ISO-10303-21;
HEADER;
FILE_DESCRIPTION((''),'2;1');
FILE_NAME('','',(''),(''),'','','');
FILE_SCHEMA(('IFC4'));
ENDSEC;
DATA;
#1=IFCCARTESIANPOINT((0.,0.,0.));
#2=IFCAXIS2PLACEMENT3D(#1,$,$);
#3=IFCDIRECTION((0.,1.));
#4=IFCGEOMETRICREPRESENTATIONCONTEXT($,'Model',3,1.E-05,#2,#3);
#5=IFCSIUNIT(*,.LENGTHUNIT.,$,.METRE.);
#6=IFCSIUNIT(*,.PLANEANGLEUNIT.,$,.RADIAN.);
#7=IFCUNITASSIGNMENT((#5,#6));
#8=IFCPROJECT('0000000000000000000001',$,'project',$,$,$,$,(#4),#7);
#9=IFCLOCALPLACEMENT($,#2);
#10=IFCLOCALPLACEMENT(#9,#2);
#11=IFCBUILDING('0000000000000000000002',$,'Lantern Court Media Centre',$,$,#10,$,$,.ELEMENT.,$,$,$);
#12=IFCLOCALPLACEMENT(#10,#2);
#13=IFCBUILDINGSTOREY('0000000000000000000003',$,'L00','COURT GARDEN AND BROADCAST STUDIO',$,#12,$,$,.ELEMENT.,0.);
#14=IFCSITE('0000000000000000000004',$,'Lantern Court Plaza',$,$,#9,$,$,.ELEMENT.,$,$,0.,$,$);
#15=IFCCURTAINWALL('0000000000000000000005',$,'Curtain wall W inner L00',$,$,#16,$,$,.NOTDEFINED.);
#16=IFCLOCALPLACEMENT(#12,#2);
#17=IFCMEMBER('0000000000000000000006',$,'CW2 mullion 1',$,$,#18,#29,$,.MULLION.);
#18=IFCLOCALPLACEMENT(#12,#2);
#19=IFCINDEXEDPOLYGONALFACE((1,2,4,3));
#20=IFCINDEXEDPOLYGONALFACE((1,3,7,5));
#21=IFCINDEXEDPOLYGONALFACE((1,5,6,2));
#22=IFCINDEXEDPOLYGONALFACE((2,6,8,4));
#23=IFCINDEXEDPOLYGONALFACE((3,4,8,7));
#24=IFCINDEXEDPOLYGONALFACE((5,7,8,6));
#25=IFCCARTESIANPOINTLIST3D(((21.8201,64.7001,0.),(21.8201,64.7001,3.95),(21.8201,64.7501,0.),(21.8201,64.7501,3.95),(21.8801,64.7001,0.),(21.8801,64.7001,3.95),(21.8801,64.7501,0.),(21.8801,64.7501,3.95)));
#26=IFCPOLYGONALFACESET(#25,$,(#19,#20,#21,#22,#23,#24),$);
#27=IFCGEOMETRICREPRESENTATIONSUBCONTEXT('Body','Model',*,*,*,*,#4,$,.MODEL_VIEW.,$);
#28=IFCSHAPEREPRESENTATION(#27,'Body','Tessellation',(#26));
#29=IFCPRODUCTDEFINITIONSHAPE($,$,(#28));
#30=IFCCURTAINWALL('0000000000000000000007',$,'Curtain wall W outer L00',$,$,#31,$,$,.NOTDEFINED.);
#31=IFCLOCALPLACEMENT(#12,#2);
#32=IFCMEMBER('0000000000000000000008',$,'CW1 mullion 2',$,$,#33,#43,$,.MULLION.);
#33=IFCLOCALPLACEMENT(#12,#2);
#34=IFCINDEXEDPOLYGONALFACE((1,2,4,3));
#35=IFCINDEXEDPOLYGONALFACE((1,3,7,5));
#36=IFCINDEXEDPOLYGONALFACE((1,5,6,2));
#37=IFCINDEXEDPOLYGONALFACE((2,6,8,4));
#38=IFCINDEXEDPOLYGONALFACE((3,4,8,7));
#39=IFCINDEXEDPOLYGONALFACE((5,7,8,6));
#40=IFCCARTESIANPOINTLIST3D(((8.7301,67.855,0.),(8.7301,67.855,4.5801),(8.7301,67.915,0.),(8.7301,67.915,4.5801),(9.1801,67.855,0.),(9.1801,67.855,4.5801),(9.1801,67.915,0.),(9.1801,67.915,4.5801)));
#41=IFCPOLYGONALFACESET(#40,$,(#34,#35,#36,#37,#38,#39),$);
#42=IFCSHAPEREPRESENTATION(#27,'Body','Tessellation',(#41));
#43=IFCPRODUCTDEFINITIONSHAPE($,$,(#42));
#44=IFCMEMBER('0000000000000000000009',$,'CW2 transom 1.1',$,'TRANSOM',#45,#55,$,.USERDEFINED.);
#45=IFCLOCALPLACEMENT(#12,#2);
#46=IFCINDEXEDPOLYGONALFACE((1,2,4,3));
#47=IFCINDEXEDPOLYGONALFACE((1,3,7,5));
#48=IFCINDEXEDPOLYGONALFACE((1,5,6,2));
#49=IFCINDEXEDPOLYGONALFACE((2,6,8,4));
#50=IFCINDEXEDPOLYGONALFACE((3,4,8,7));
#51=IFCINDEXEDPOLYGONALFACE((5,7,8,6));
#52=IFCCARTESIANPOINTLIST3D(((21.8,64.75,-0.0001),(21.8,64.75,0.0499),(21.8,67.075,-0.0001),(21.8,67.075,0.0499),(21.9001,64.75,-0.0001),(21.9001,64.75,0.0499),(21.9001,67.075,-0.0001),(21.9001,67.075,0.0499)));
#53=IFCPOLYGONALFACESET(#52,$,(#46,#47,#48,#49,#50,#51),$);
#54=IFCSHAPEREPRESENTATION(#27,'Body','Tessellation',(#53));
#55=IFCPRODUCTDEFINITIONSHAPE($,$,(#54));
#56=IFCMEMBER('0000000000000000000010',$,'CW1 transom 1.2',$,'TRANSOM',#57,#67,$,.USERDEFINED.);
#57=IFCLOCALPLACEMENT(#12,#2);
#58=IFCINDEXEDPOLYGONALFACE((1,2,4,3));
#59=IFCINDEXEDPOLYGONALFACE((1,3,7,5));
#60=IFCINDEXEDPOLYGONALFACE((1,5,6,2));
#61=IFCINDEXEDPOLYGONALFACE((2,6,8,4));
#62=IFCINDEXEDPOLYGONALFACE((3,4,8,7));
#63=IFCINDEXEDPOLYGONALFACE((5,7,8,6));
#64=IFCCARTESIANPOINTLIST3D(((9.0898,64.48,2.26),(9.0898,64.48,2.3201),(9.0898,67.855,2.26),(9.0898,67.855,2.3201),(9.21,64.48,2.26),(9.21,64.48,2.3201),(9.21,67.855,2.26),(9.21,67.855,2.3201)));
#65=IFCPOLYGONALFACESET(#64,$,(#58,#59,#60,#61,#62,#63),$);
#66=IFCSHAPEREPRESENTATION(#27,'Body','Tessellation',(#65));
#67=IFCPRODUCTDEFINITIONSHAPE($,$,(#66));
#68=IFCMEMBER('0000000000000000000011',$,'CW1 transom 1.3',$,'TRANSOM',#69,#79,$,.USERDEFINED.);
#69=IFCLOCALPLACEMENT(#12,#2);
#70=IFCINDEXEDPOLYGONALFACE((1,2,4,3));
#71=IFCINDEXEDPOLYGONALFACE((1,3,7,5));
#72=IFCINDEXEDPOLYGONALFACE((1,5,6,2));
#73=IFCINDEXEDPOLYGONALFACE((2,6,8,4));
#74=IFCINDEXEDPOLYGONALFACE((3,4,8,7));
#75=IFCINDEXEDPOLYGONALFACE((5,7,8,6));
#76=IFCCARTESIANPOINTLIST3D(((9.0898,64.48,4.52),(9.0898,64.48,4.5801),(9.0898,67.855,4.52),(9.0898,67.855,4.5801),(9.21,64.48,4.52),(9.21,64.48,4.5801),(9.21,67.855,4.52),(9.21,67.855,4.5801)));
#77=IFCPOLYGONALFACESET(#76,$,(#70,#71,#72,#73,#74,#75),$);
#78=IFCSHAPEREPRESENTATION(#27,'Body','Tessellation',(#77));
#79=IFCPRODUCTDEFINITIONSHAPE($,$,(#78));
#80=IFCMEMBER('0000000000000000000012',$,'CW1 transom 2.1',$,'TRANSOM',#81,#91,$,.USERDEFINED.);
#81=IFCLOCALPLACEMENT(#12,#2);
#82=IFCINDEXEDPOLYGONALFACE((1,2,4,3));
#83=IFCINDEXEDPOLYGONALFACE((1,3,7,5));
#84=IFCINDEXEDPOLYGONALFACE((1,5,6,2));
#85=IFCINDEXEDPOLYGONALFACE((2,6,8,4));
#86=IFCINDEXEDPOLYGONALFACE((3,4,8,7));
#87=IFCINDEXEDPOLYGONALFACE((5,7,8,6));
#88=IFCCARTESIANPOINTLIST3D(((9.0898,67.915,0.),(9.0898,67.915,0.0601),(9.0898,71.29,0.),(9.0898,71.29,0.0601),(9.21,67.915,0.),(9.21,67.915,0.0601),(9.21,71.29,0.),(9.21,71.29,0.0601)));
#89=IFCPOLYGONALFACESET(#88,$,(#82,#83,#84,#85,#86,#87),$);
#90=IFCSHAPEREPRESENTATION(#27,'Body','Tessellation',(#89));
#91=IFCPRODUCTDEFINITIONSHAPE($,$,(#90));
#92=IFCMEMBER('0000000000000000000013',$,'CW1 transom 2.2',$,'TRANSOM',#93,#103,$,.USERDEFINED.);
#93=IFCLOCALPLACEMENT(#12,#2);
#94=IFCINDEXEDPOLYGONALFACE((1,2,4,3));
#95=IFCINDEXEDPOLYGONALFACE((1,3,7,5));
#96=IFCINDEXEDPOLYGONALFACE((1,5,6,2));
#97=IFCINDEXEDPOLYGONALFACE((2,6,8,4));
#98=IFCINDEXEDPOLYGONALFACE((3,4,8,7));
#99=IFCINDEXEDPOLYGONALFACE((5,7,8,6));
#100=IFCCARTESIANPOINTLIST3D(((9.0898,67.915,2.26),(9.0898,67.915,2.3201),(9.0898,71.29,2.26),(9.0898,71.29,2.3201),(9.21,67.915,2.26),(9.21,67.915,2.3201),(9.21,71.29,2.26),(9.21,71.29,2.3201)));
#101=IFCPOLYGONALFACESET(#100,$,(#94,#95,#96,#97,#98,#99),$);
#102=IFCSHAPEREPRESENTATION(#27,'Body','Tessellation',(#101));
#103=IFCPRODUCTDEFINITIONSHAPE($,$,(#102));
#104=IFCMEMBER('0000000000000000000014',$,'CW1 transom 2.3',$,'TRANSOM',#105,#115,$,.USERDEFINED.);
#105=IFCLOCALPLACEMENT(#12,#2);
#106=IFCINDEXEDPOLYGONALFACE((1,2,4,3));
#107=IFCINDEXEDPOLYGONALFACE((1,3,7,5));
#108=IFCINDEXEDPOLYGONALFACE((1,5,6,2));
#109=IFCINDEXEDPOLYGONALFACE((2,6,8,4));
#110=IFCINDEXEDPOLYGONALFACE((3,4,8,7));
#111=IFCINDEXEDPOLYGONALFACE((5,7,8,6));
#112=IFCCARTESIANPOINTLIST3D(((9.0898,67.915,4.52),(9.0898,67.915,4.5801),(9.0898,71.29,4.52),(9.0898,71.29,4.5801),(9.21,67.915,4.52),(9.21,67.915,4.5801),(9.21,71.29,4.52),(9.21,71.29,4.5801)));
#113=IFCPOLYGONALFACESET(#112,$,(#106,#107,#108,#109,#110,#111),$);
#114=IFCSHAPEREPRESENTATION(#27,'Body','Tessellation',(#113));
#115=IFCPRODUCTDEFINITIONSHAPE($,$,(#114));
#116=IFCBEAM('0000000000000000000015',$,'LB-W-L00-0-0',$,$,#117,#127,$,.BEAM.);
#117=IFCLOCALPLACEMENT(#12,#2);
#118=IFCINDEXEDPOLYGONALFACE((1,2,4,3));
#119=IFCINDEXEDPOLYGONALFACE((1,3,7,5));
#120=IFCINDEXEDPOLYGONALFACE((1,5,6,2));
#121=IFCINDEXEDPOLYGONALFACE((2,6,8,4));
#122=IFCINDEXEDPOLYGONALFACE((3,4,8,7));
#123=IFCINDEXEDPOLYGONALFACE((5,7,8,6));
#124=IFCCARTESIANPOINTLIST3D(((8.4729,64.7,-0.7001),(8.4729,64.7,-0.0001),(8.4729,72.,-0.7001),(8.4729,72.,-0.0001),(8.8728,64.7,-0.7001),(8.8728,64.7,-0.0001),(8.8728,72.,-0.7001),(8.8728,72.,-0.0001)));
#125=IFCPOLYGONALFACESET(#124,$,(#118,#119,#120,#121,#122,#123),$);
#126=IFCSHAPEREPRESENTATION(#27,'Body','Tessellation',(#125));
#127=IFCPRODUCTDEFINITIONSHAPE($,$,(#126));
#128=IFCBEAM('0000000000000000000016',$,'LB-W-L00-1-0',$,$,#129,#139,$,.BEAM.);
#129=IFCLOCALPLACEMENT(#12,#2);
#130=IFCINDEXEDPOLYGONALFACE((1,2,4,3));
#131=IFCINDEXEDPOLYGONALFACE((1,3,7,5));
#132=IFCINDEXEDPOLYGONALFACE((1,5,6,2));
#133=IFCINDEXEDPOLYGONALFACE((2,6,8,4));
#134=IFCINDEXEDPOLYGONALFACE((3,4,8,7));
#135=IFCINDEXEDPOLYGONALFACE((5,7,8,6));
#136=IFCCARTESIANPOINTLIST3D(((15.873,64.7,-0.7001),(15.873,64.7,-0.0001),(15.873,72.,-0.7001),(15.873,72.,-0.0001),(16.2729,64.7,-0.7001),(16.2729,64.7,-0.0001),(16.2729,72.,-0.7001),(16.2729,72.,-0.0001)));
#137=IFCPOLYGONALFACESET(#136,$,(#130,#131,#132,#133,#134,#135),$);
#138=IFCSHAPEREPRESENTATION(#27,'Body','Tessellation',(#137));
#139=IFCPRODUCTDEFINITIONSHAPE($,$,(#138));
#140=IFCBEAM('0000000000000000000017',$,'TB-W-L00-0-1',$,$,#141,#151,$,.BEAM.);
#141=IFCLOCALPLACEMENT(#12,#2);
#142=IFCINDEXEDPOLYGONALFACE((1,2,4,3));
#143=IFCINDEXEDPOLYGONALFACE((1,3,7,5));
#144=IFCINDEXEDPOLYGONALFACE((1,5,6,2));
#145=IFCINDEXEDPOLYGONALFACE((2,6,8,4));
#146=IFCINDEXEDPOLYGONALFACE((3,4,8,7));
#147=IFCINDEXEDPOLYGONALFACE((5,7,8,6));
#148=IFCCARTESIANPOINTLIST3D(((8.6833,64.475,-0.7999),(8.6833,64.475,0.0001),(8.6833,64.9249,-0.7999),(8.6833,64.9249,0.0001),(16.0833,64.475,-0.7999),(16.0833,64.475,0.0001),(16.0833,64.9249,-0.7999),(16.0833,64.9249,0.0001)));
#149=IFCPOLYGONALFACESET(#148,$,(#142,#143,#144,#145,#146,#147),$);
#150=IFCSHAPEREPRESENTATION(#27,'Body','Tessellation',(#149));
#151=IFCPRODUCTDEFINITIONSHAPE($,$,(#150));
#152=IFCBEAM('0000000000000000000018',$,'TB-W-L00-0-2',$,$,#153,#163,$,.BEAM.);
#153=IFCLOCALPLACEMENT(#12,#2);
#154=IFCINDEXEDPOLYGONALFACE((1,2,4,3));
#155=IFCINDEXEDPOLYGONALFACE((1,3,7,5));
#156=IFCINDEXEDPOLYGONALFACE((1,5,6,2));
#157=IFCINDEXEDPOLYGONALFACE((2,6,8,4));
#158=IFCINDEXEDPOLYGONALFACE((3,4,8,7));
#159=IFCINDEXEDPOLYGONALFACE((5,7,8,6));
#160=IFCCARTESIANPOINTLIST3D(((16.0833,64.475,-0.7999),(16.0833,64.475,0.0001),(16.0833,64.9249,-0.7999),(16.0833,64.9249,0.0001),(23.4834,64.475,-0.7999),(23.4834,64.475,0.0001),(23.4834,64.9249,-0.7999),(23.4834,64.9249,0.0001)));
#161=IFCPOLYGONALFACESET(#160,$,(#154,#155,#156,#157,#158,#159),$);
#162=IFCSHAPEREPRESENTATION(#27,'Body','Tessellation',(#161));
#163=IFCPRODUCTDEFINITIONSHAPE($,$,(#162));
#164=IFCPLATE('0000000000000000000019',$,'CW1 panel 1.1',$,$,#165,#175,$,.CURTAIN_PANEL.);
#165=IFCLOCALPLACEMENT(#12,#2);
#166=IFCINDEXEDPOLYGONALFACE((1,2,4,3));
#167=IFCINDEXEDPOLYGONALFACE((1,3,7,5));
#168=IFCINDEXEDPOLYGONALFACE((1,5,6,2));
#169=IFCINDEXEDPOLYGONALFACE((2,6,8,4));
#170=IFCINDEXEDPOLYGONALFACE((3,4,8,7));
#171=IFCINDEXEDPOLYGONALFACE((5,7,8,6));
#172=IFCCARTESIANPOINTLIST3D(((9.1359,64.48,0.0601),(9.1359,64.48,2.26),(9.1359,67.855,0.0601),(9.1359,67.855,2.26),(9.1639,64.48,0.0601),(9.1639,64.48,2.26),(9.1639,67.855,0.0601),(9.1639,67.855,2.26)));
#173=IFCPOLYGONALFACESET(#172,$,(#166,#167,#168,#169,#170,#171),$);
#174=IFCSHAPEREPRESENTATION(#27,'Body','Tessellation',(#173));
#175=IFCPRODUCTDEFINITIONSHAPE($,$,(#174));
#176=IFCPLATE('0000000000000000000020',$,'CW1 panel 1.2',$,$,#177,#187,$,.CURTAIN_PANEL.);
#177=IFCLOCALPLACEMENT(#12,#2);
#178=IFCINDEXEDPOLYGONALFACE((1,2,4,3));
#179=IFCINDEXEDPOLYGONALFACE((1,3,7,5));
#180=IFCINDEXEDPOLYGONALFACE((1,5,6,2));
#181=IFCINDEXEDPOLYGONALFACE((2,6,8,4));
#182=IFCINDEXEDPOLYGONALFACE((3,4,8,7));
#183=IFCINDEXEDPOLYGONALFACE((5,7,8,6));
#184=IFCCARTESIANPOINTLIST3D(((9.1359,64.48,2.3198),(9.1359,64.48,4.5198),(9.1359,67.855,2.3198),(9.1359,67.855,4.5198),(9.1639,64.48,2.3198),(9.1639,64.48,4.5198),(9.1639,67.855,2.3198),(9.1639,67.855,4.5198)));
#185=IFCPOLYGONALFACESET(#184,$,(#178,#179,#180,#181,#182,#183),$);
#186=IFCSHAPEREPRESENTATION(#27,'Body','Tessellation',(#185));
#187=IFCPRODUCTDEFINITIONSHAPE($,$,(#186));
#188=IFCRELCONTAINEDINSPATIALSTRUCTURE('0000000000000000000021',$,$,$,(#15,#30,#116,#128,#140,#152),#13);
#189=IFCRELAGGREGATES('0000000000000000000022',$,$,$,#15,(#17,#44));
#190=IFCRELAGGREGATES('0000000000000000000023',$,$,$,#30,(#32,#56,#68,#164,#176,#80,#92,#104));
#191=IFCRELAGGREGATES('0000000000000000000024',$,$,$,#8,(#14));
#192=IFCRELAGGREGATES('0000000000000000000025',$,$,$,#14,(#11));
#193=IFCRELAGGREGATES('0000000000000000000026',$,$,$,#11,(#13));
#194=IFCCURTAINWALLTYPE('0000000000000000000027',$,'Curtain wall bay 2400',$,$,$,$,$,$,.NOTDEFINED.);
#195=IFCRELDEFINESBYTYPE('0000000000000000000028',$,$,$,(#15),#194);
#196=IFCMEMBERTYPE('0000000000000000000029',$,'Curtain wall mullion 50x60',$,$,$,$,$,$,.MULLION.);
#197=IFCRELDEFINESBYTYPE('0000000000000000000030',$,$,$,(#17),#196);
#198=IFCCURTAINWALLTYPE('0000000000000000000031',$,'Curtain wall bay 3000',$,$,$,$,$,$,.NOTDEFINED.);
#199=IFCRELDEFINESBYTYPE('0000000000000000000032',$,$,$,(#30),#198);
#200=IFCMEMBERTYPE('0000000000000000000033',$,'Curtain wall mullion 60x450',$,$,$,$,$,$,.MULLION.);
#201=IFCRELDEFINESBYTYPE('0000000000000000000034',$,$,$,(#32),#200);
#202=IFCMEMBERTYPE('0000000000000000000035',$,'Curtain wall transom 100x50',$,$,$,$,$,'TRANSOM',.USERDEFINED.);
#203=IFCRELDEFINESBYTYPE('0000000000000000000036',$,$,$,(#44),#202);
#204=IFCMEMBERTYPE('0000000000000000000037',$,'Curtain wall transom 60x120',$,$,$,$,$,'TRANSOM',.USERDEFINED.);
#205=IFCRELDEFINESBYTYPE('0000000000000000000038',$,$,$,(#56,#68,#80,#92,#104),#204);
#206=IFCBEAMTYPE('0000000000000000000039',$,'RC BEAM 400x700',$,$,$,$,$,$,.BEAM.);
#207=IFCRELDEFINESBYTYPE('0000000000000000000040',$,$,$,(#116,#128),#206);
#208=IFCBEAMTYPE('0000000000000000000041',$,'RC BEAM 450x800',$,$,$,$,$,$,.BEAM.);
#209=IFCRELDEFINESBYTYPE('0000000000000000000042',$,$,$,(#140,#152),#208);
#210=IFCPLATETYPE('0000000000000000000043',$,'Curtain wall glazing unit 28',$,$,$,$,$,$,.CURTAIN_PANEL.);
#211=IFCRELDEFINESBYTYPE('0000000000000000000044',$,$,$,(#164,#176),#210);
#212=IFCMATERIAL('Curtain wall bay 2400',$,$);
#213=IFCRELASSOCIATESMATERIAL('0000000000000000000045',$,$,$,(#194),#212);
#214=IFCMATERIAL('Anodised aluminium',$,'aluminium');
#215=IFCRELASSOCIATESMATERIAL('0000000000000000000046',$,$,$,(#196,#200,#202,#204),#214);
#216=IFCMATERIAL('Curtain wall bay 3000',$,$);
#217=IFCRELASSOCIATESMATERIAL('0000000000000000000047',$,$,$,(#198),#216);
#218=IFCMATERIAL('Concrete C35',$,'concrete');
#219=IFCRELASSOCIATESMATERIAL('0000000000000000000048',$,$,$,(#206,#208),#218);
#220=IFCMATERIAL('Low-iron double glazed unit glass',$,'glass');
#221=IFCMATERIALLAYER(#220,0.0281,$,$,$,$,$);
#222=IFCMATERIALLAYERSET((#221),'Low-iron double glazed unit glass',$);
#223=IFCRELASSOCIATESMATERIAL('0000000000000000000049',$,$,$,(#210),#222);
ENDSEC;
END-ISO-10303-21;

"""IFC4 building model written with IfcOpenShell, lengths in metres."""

from ifc_helpers import new_model, si_unit, direction, frame, origin, origin_2d, place, context, subcontext, project, spatial, rectangle, extrude, material, layer, layer_set, material_profile, profile_set, type_object, element, aggregate, save


model = new_model("IFC4")

# Units and contexts
model_context = context("Model", 3, precision=1e-05, world=origin(), true_north=direction((0.0, 1.0)))
body_context = subcontext(model_context, "Body", "Model", "MODEL_VIEW")
ifc_project = project(units=[si_unit("LENGTHUNIT", "METRE"), si_unit("PLANEANGLEUNIT", "RADIAN")], contexts=[model_context])

# Site, building, storey
site_placement = place(None, origin())
site = spatial("IfcSite", under=ifc_project, at=site_placement, Name="Lantern Court Plaza", CompositionType="ELEMENT", RefElevation=0.0)
building_placement = place(site_placement, origin())
building = spatial("IfcBuilding", under=site, at=building_placement, Name="Lantern Court Media Centre", CompositionType="ELEMENT")
storey_placement = place(building_placement, origin())
storey = spatial("IfcBuildingStorey", under=building, at=storey_placement, Name="L00", Description="COURT GARDEN AND BROADCAST STUDIO", CompositionType="ELEMENT", Elevation=0.0)

# Shared definitions
ifc_material_1 = material(Name="Concrete C35", Category="concrete")

# Curtain walls, members
ifc_material_2 = material(Name="Curtain wall bay 2400")
curtain_wall_type_1 = type_object("IfcCurtainWallType", Name="Curtain wall bay 2400", PredefinedType="NOTDEFINED", material=ifc_material_2)
curtain_wall_1_placement = place(storey_placement, origin())
curtain_wall_1 = element("IfcCurtainWall", 1, at=curtain_wall_1_placement, inside=storey, type_object=curtain_wall_type_1, Name="Curtain wall W inner L00", PredefinedType="NOTDEFINED")
ifc_material_3 = material(Name="Anodised aluminium", Category="aluminium")
ifc_material_profile_1 = material_profile(ifc_material_3, rectangle(XDim=0.0601, YDim=0.05, at=origin_2d()), Name="AL 50x60")
ifc_profile_set_1 = profile_set([ifc_material_profile_1], Name="Anodised aluminium")
member_type_1 = type_object("IfcMemberType", Name="Curtain wall mullion 50x60", PredefinedType="MULLION", material=ifc_profile_set_1)
member_1_placement = place(storey_placement, frame((21.8501, 64.7251, 0.0), z_axis=(0.0, 0.0, 1.0), x_axis=(-1.0, 0.0, 0.0)))
member_1 = element("IfcMember", 2, at=member_1_placement, type_object=member_type_1, Name="CW2 mullion 1", PredefinedType="MULLION", context=body_context, shape_type="SweptSolid", body=[
    extrude(rectangle(XDim=0.0601, YDim=0.05, at=origin_2d()), origin(), (0.0, 0.0, 1.0), 3.95),
])
ifc_material_4 = material(Name="Curtain wall bay 3000")
curtain_wall_type_2 = type_object("IfcCurtainWallType", Name="Curtain wall bay 3000", PredefinedType="NOTDEFINED", material=ifc_material_4)
curtain_wall_2_placement = place(storey_placement, origin())
curtain_wall_2 = element("IfcCurtainWall", 3, at=curtain_wall_2_placement, inside=storey, type_object=curtain_wall_type_2, Name="Curtain wall W outer L00", PredefinedType="NOTDEFINED")
ifc_material_profile_2 = material_profile(ifc_material_3, rectangle(XDim=0.45, YDim=0.0601, at=origin_2d()), Name="AL 60x450")
ifc_profile_set_2 = profile_set([ifc_material_profile_2], Name="Anodised aluminium")
member_type_2 = type_object("IfcMemberType", Name="Curtain wall mullion 60x450", PredefinedType="MULLION", material=ifc_profile_set_2)
member_2_placement = place(storey_placement, frame((8.9551, 67.885, 0.0), z_axis=(0.0, 0.0, 1.0), x_axis=(-1.0, 0.0, 0.0)))
member_2 = element("IfcMember", 4, at=member_2_placement, type_object=member_type_2, Name="CW1 mullion 2", PredefinedType="MULLION", context=body_context, shape_type="SweptSolid", body=[
    extrude(rectangle(XDim=0.45, YDim=0.0601, at=origin_2d()), origin(), (0.0, 0.0, 1.0), 4.5801),
])

# Members
ifc_material_profile_3 = material_profile(ifc_material_3, rectangle(XDim=0.1001, YDim=0.05, at=origin_2d()), Name="AL 50x100")
ifc_profile_set_3 = profile_set([ifc_material_profile_3], Name="Anodised aluminium")
member_type_3 = type_object("IfcMemberType", Name="Curtain wall transom 100x50", ElementType="TRANSOM", PredefinedType="USERDEFINED", material=ifc_profile_set_3)
member_3_placement = place(storey_placement, frame((21.8501, 64.75, 0.0249), z_axis=(0.0, 1.0, 0.0), x_axis=(-1.0, 0.0, 0.0)))
member_3 = element("IfcMember", 5, at=member_3_placement, type_object=member_type_3, Name="CW2 transom 1.1", ObjectType="TRANSOM", PredefinedType="USERDEFINED", context=body_context, shape_type="SweptSolid", body=[
    extrude(rectangle(XDim=0.1001, YDim=0.05, at=origin_2d()), origin(), (0.0, 0.0, 1.0), 2.325),
])
aggregate(curtain_wall_1, [member_1, member_3])
ifc_material_profile_4 = material_profile(ifc_material_3, rectangle(XDim=0.1201, YDim=0.0601, at=origin_2d()), Name="AL 60x120")
ifc_profile_set_4 = profile_set([ifc_material_profile_4], Name="Anodised aluminium")
member_type_4 = type_object("IfcMemberType", Name="Curtain wall transom 60x120", ElementType="TRANSOM", PredefinedType="USERDEFINED", material=ifc_profile_set_4)
member_4_placement = place(storey_placement, frame((9.1499, 64.48, 2.29), z_axis=(0.0, 1.0, 0.0), x_axis=(-1.0, 0.0, 0.0)))
member_4 = element("IfcMember", 6, at=member_4_placement, type_object=member_type_4, Name="CW1 transom 1.2", ObjectType="TRANSOM", PredefinedType="USERDEFINED", context=body_context, shape_type="SweptSolid", body=[
    extrude(rectangle(XDim=0.1201, YDim=0.0601, at=origin_2d()), origin(), (0.0, 0.0, 1.0), 3.375),
])
member_5_placement = place(storey_placement, frame((9.1499, 64.48, 4.55), z_axis=(0.0, 1.0, 0.0), x_axis=(-1.0, 0.0, 0.0)))
member_5 = element("IfcMember", 7, at=member_5_placement, type_object=member_type_4, Name="CW1 transom 1.3", ObjectType="TRANSOM", PredefinedType="USERDEFINED", context=body_context, shape_type="SweptSolid", body=[
    extrude(rectangle(XDim=0.1201, YDim=0.0601, at=origin_2d()), origin(), (0.0, 0.0, 1.0), 3.375),
])
member_6_placement = place(storey_placement, frame((9.1499, 67.915, 0.03), z_axis=(0.0, 1.0, 0.0), x_axis=(-1.0, 0.0, 0.0)))
member_6 = element("IfcMember", 8, at=member_6_placement, type_object=member_type_4, Name="CW1 transom 2.1", ObjectType="TRANSOM", PredefinedType="USERDEFINED", context=body_context, shape_type="SweptSolid", body=[
    extrude(rectangle(XDim=0.1201, YDim=0.0601, at=origin_2d()), origin(), (0.0, 0.0, 1.0), 3.375),
])
member_7_placement = place(storey_placement, frame((9.1499, 67.915, 2.29), z_axis=(0.0, 1.0, 0.0), x_axis=(-1.0, 0.0, 0.0)))
member_7 = element("IfcMember", 9, at=member_7_placement, type_object=member_type_4, Name="CW1 transom 2.2", ObjectType="TRANSOM", PredefinedType="USERDEFINED", context=body_context, shape_type="SweptSolid", body=[
    extrude(rectangle(XDim=0.1201, YDim=0.0601, at=origin_2d()), origin(), (0.0, 0.0, 1.0), 3.375),
])
member_8_placement = place(storey_placement, frame((9.1499, 67.915, 4.55), z_axis=(0.0, 1.0, 0.0), x_axis=(-1.0, 0.0, 0.0)))
member_8 = element("IfcMember", 10, at=member_8_placement, type_object=member_type_4, Name="CW1 transom 2.3", ObjectType="TRANSOM", PredefinedType="USERDEFINED", context=body_context, shape_type="SweptSolid", body=[
    extrude(rectangle(XDim=0.1201, YDim=0.0601, at=origin_2d()), origin(), (0.0, 0.0, 1.0), 3.375),
])

# Beams
ifc_material_profile_5 = material_profile(ifc_material_1, rectangle(XDim=0.3999, YDim=0.7, at=origin_2d()), Name="RC 400x700")
ifc_profile_set_5 = profile_set([ifc_material_profile_5], Name="Concrete C35")
beam_type_1 = type_object("IfcBeamType", Name="RC BEAM 400x700", PredefinedType="BEAM", material=ifc_profile_set_5)
for number, where, z_axis, x_axis, name in (
    (11, (8.6729, 64.7, -0.3501), (0.0, 1.0, 0.0), (-1.0, 0.0, 0.0), "LB-W-L00-0-0"),
    (12, (16.073, 64.7, -0.3501), (0.0, 1.0, 0.0), (-1.0, 0.0, 0.0), "LB-W-L00-1-0"),
):
    element("IfcBeam", number, at=place(storey_placement, frame(where, z_axis=z_axis, x_axis=x_axis)), inside=storey, type_object=beam_type_1, Name=name, PredefinedType="BEAM", context=body_context, shape_type="SweptSolid", body=[
        extrude(rectangle(XDim=0.3999, YDim=0.7, at=origin_2d()), origin(), (0.0, 0.0, 1.0), 7.3),
    ])
ifc_material_profile_6 = material_profile(ifc_material_1, rectangle(XDim=0.45, YDim=0.8, at=origin_2d()), Name="RC 450x800")
ifc_profile_set_6 = profile_set([ifc_material_profile_6], Name="Concrete C35")
beam_type_2 = type_object("IfcBeamType", Name="RC BEAM 450x800", PredefinedType="BEAM", material=ifc_profile_set_6)
beam_1_placement = place(storey_placement, frame((8.6833, 64.7, -0.3999), z_axis=(1.0, 0.0, 0.0), x_axis=(0.0, 1.0, 0.0)))
element("IfcBeam", 13, at=beam_1_placement, inside=storey, type_object=beam_type_2, Name="TB-W-L00-0-1", PredefinedType="BEAM", context=body_context, shape_type="SweptSolid", body=[
    extrude(rectangle(XDim=0.45, YDim=0.8, at=origin_2d()), origin(), (0.0, 0.0, 1.0), 7.3999),
])
beam_2_placement = place(storey_placement, frame((16.0833, 64.7, -0.3999), z_axis=(1.0, 0.0, 0.0), x_axis=(0.0, 1.0, 0.0)))
element("IfcBeam", 14, at=beam_2_placement, inside=storey, type_object=beam_type_2, Name="TB-W-L00-0-2", PredefinedType="BEAM", context=body_context, shape_type="SweptSolid", body=[
    extrude(rectangle(XDim=0.45, YDim=0.8, at=origin_2d()), origin(), (0.0, 0.0, 1.0), 7.4001),
])

# Plates
ifc_material_5 = material(Name="Low-iron double glazed unit glass", Category="glass")
ifc_layer_1 = layer(ifc_material_5, 0.0281)
ifc_layer_set_1 = layer_set([ifc_layer_1], Name="Low-iron double glazed unit glass")
plate_type = type_object("IfcPlateType", Name="Curtain wall glazing unit 28", PredefinedType="CURTAIN_PANEL", material=ifc_layer_set_1)
plate_1_placement = place(storey_placement, frame((9.1499, 66.1675, 0.0601), z_axis=(0.0, 0.0, 1.0), x_axis=(0.0, 1.0, 0.0)))
plate_1 = element("IfcPlate", 15, at=plate_1_placement, type_object=plate_type, Name="CW1 panel 1.1", PredefinedType="CURTAIN_PANEL", context=body_context, shape_type="SweptSolid", body=[
    extrude(rectangle(XDim=3.375, YDim=0.0281, at=origin_2d()), origin(), (0.0, 0.0, 1.0), 2.2),
])
plate_2_placement = place(storey_placement, frame((9.1499, 66.1675, 2.3198), z_axis=(0.0, 0.0, 1.0), x_axis=(0.0, 1.0, 0.0)))
plate_2 = element("IfcPlate", 16, at=plate_2_placement, type_object=plate_type, Name="CW1 panel 1.2", PredefinedType="CURTAIN_PANEL", context=body_context, shape_type="SweptSolid", body=[
    extrude(rectangle(XDim=3.375, YDim=0.0281, at=origin_2d()), origin(), (0.0, 0.0, 1.0), 2.2),
])
aggregate(curtain_wall_2, [member_2, member_4, member_5, plate_1, plate_2, member_6, member_7, member_8])

save(model, "model.ifc")
